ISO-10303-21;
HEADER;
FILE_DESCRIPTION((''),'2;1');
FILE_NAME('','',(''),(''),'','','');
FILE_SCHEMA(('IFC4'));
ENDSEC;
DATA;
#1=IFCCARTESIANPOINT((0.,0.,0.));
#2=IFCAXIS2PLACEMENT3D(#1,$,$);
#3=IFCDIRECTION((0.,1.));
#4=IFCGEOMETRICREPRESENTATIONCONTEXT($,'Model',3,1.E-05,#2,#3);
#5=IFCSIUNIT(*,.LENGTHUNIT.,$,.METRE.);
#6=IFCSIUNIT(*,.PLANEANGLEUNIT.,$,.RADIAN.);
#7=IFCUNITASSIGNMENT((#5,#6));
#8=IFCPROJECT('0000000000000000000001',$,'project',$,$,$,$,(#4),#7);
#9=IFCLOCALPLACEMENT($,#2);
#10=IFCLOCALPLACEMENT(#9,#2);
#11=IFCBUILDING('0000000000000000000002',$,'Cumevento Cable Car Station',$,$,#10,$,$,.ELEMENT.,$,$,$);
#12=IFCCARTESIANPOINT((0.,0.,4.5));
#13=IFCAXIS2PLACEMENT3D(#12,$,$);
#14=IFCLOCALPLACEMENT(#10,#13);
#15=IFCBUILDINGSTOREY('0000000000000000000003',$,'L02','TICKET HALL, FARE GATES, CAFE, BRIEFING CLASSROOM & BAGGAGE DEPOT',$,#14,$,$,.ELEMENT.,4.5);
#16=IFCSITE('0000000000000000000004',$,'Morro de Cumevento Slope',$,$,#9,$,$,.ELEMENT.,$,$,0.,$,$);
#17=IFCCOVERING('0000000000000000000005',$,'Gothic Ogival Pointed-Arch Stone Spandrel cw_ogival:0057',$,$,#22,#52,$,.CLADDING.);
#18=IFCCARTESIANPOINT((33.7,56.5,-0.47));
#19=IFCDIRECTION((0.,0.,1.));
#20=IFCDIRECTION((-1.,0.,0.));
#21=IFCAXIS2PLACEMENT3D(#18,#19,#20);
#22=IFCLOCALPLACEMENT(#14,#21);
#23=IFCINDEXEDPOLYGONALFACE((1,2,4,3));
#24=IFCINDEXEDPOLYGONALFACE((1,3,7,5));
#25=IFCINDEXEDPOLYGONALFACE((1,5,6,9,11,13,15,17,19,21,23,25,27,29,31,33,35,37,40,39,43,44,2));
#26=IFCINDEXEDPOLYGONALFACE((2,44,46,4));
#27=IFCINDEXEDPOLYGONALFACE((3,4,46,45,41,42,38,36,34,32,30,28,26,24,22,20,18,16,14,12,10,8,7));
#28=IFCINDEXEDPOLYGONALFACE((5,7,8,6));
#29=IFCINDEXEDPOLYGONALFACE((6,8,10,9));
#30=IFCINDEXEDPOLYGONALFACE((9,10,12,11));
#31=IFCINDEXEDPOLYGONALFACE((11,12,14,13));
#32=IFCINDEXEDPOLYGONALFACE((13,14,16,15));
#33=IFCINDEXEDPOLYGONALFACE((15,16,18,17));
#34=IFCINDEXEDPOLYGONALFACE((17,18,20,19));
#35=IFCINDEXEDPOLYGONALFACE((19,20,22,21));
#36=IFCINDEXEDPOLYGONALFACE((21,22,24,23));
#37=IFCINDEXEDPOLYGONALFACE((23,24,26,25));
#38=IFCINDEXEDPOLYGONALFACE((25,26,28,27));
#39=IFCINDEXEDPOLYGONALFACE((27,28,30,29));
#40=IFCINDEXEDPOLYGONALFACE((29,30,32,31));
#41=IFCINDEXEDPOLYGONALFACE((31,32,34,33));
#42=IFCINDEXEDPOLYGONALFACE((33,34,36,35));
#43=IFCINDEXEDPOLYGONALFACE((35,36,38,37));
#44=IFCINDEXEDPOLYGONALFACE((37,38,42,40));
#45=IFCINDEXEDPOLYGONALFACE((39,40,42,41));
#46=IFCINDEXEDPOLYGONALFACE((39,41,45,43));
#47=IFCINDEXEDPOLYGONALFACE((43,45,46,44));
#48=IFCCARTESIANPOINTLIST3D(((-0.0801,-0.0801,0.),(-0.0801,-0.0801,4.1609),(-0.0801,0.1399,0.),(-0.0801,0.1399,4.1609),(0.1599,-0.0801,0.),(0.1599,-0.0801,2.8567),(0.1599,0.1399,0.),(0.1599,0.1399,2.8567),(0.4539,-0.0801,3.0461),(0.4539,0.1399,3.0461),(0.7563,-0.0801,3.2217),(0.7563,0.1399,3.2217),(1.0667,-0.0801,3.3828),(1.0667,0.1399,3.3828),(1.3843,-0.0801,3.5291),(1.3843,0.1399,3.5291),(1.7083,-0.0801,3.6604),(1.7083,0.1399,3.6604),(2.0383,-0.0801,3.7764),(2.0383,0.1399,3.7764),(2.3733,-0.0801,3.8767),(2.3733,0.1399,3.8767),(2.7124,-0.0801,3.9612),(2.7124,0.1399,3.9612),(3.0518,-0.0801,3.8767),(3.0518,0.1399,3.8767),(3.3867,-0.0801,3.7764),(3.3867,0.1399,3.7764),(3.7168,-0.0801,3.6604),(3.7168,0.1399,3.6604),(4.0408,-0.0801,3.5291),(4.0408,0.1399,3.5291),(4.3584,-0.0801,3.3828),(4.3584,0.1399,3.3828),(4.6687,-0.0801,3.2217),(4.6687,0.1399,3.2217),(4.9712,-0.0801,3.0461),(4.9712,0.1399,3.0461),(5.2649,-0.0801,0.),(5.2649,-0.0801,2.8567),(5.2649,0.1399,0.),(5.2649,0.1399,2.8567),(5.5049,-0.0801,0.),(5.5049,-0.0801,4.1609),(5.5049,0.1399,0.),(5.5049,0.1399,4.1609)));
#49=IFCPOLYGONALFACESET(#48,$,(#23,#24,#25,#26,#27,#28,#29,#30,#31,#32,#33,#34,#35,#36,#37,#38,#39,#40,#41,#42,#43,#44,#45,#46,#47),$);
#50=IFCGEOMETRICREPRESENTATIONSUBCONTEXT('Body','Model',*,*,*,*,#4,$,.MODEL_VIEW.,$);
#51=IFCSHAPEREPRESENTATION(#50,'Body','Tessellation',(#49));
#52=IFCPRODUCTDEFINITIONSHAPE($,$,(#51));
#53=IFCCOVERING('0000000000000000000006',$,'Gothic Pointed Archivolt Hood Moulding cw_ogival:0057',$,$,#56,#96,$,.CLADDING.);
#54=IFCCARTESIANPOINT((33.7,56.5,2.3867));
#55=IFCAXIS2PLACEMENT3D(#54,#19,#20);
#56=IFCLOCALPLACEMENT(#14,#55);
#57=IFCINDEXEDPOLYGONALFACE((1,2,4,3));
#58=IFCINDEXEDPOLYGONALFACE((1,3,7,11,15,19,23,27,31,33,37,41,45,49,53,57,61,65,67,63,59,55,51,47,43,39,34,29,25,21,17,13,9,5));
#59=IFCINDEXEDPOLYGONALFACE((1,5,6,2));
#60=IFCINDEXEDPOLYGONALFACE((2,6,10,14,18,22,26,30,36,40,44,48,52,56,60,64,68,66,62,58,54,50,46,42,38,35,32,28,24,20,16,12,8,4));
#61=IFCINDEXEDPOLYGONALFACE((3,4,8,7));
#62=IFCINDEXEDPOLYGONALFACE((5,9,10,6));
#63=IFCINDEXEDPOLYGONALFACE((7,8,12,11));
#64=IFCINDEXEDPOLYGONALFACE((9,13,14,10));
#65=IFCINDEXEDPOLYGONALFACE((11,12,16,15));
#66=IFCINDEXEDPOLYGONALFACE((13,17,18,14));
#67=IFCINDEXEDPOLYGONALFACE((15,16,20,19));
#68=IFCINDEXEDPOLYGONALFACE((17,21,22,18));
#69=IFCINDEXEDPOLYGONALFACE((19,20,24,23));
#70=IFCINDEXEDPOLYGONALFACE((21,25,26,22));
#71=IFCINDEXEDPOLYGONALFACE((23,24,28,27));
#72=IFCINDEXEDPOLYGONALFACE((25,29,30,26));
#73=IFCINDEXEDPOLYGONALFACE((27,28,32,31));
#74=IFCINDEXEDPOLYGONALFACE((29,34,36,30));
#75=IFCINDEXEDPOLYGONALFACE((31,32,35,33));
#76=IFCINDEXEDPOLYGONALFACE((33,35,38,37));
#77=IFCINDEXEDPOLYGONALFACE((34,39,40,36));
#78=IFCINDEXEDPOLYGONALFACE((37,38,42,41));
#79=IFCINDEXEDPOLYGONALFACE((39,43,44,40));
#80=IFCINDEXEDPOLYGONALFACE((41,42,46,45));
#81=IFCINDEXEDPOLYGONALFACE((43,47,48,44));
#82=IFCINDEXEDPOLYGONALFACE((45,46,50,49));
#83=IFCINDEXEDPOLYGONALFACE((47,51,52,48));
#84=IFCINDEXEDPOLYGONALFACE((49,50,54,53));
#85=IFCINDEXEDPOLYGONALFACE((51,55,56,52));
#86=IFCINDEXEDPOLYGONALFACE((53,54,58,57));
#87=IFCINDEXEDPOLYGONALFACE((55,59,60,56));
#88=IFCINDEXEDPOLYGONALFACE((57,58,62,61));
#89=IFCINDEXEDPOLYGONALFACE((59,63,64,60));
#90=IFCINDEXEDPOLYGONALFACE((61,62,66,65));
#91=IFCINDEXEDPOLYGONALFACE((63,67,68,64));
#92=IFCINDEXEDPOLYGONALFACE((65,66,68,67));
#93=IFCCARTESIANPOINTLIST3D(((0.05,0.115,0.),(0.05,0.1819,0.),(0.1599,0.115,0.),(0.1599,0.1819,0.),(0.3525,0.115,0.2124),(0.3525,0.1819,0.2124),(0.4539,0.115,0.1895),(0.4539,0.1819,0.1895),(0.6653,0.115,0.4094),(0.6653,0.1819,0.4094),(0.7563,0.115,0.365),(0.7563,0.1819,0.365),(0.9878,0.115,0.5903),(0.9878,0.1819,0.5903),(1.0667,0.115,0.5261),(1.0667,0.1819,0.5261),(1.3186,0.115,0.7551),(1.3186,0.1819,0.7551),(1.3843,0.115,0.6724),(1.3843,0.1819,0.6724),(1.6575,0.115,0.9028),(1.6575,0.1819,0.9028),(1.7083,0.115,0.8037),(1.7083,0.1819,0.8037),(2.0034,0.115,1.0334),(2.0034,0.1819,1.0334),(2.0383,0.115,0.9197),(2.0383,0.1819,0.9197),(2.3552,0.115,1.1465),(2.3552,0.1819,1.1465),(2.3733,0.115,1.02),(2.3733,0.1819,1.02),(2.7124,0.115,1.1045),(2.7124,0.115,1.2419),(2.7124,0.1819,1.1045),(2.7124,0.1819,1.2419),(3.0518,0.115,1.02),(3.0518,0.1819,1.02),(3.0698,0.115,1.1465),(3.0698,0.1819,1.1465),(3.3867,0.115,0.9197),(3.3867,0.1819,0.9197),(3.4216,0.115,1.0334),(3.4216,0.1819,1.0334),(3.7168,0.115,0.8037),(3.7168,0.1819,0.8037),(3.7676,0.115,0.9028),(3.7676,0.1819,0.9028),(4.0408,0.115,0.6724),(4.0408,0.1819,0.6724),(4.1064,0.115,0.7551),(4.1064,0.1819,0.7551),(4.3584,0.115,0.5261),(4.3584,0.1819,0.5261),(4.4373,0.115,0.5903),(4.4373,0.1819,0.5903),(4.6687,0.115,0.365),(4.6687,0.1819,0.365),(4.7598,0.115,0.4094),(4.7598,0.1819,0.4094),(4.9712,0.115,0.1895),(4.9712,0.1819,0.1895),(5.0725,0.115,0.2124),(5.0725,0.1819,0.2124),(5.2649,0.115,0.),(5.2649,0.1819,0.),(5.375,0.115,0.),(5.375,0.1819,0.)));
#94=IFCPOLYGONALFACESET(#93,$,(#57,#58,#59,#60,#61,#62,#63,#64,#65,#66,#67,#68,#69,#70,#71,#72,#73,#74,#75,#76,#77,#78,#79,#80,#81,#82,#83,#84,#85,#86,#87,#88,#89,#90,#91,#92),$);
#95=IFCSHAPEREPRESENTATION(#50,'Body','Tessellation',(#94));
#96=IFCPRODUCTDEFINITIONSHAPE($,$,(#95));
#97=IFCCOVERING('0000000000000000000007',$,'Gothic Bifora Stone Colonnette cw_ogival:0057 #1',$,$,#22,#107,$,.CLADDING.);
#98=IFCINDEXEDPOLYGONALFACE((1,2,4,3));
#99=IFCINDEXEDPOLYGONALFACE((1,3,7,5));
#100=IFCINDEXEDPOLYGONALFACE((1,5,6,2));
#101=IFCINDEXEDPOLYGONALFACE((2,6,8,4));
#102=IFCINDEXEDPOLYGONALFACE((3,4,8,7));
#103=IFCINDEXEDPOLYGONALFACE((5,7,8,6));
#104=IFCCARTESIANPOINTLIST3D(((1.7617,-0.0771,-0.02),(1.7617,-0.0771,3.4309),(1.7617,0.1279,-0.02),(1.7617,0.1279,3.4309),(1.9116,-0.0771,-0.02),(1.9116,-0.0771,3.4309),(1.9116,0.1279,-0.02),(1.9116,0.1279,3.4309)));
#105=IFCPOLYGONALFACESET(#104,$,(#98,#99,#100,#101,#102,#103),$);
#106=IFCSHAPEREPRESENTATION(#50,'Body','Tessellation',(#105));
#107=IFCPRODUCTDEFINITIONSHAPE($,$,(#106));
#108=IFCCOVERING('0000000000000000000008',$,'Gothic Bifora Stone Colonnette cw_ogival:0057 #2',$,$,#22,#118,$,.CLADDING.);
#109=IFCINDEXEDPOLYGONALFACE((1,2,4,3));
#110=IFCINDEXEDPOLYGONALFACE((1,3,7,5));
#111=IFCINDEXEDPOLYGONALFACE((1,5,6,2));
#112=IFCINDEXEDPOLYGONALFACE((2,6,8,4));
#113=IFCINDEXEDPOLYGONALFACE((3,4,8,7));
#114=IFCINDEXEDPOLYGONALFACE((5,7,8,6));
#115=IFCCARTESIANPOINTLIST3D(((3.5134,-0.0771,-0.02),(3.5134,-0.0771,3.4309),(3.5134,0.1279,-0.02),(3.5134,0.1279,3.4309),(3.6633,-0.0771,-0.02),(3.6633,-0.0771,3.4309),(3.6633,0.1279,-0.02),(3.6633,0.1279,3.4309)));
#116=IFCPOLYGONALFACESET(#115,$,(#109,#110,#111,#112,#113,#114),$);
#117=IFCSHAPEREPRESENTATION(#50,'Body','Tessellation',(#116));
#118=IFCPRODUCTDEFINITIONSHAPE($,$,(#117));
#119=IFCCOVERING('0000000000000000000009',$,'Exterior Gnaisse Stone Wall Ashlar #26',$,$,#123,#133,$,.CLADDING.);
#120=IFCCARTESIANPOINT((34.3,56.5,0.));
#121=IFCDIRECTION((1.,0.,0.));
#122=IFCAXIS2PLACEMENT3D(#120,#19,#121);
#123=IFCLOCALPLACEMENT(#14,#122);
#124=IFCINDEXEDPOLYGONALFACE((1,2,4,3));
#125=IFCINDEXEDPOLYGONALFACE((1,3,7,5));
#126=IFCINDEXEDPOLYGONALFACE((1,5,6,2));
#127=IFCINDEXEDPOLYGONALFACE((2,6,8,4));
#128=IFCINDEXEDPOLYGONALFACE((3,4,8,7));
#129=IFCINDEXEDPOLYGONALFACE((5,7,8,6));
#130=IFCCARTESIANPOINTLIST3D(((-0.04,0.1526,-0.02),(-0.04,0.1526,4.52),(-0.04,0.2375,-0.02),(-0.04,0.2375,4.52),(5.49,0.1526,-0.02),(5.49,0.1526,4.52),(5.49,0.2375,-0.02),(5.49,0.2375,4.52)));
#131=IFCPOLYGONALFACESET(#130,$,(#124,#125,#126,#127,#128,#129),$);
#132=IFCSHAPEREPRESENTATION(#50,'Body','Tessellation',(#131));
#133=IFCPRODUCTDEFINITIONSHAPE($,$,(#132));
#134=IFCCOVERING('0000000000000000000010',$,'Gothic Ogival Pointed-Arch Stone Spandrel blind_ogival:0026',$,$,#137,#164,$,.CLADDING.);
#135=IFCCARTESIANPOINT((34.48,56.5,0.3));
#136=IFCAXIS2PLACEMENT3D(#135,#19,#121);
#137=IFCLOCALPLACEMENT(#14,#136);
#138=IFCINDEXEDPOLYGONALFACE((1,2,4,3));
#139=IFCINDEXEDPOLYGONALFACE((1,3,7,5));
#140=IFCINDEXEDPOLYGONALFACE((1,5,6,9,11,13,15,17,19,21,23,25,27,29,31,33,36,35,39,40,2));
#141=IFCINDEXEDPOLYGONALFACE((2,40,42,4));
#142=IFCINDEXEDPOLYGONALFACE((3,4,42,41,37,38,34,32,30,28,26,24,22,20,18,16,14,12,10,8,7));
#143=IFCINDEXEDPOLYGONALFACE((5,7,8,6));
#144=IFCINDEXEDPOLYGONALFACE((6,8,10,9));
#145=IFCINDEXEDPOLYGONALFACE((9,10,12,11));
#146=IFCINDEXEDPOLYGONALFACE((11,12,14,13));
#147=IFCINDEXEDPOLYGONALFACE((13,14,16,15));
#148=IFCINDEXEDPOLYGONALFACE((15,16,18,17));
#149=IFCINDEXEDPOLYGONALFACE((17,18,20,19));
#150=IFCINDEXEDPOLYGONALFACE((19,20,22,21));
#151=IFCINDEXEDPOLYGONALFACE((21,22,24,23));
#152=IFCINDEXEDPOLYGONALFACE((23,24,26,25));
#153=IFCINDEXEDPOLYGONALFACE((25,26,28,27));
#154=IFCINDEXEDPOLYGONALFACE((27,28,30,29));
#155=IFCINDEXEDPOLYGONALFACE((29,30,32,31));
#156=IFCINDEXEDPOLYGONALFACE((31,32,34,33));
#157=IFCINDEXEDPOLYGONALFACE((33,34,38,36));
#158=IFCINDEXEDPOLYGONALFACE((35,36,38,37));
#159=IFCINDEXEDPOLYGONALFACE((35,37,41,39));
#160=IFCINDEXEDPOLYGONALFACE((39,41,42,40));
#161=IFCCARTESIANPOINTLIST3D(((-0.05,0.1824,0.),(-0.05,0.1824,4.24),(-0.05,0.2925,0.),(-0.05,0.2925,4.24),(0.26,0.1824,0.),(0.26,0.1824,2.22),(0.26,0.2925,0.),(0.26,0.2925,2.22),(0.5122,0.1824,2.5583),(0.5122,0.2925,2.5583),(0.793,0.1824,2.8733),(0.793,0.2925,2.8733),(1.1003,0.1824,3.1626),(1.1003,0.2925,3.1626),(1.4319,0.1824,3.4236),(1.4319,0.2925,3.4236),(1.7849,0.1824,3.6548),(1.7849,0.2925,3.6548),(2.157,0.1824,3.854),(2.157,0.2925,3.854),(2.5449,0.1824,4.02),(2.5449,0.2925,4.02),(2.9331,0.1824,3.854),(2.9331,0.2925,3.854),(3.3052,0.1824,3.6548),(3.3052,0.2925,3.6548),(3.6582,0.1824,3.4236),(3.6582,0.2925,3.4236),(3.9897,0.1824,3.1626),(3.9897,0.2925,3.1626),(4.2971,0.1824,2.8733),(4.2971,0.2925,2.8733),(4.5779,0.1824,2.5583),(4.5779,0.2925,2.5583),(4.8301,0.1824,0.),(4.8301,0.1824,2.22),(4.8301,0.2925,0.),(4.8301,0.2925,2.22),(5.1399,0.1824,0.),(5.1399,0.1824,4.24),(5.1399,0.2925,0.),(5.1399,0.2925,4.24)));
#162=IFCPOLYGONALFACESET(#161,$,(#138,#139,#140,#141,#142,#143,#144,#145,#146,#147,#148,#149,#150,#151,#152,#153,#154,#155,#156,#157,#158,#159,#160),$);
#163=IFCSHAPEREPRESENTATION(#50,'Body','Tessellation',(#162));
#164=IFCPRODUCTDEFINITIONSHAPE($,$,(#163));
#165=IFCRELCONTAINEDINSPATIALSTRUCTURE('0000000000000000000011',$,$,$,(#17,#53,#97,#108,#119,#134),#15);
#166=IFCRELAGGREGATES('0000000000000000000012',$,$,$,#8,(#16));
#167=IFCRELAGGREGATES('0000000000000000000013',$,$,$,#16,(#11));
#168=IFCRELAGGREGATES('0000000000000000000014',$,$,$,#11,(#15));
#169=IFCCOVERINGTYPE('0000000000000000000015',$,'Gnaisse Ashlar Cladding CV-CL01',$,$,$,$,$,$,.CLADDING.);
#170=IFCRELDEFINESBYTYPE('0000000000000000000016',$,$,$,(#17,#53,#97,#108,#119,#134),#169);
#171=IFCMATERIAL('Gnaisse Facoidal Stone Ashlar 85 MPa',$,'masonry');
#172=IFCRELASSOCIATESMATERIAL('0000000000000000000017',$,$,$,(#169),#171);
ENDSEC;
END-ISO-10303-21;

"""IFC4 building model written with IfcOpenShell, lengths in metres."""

from ifc_helpers import new_model, si_unit, direction, frame, origin, place, context, subcontext, project, spatial, polyline, outline, extrude, material, type_object, element, save


model = new_model("IFC4")

# Units and contexts
model_context = context("Model", 3, precision=1e-05, world=origin(), true_north=direction((0.0, 1.0)))
body_context = subcontext(model_context, "Body", "Model", "MODEL_VIEW")
ifc_project = project(units=[si_unit("LENGTHUNIT", "METRE"), si_unit("PLANEANGLEUNIT", "RADIAN")], contexts=[model_context])

# Site, building, storey
site_placement = place(None, origin())
site = spatial("IfcSite", under=ifc_project, at=site_placement, Name="Morro de Cumevento Slope", CompositionType="ELEMENT", RefElevation=0.0)
building_placement = place(site_placement, origin())
building = spatial("IfcBuilding", under=site, at=building_placement, Name="Cumevento Cable Car Station", CompositionType="ELEMENT")
storey_placement = place(building_placement, frame((0.0, 0.0, 4.5)))
storey = spatial("IfcBuildingStorey", under=building, at=storey_placement, Name="L02", Description="TICKET HALL, FARE GATES, CAFE, BRIEFING CLASSROOM & BAGGAGE DEPOT", CompositionType="ELEMENT", Elevation=4.5)

# Coverings
ifc_material_1 = material(Name="Gnaisse Facoidal Stone Ashlar 85 MPa", Category="masonry")
covering_type = type_object("IfcCoveringType", Name="Gnaisse Ashlar Cladding CV-CL01", PredefinedType="CLADDING", material=ifc_material_1)
placement_1 = place(storey_placement, frame((33.7, 56.5, -0.47), z_axis=(0.0, 0.0, 1.0), x_axis=(-1.0, 0.0, 0.0)))
element("IfcCovering", 1, at=placement_1, inside=storey, type_object=covering_type, Name="Gothic Ogival Pointed-Arch Stone Spandrel cw_ogival:0057", PredefinedType="CLADDING", context=body_context, shape_type="SweptSolid", body=[
    extrude(outline(polyline([(-0.0801, 0.0), (-0.0801, 4.1609), (5.5049, 4.1609), (5.5049, 0.0), (5.2649, 0.0), (5.2649, 2.8567), (4.9712, 3.0461), (4.6687, 3.2217), (4.3584, 3.3828), (4.0408, 3.5291), (3.7168, 3.6604), (3.3867, 3.7764), (3.0518, 3.8767), (2.7124, 3.9612), (2.3733, 3.8767), (2.0383, 3.7764), (1.7083, 3.6604), (1.3843, 3.5291), (1.0667, 3.3828), (0.7563, 3.2217), (0.4539, 3.0461), (0.1599, 2.8567), (0.1599, 0.0), (-0.0801, 0.0)])), frame((0.0, 0.1399, 0.0), z_axis=(0.0, -1.0, 0.0), x_axis=(1.0, 0.0, 0.0)), (0.0, 0.0, 1.0), 0.22),
])
covering_1_placement = place(storey_placement, frame((33.7, 56.5, 2.3867), z_axis=(0.0, 0.0, 1.0), x_axis=(-1.0, 0.0, 0.0)))
element("IfcCovering", 2, at=covering_1_placement, inside=storey, type_object=covering_type, Name="Gothic Pointed Archivolt Hood Moulding cw_ogival:0057", PredefinedType="CLADDING", context=body_context, shape_type="SweptSolid", body=[
    extrude(outline(polyline([(0.1599, 0.0), (0.4539, 0.1895), (0.7563, 0.365), (1.0667, 0.5261), (1.3843, 0.6724), (1.7083, 0.8037), (2.0383, 0.9197), (2.3733, 1.02), (2.7124, 1.1045), (3.0518, 1.02), (3.3867, 0.9197), (3.7168, 0.8037), (4.0408, 0.6724), (4.3584, 0.5261), (4.6687, 0.365), (4.9712, 0.1895), (5.2649, 0.0), (5.375, 0.0), (5.0725, 0.2124), (4.7598, 0.4094), (4.4373, 0.5903), (4.1064, 0.7551), (3.7676, 0.9028), (3.4216, 1.0334), (3.0698, 1.1465), (2.7124, 1.2419), (2.3552, 1.1465), (2.0034, 1.0334), (1.6575, 0.9028), (1.3186, 0.7551), (0.9878, 0.5903), (0.6653, 0.4094), (0.3525, 0.2124), (0.05, 0.0), (0.1599, 0.0)])), frame((0.0, 0.1819, 0.0), z_axis=(0.0, -1.0, 0.0), x_axis=(1.0, 0.0, 0.0)), (0.0, 0.0, 1.0), 0.0669),
])
element("IfcCovering", 3, at=placement_1, inside=storey, type_object=covering_type, Name="Gothic Bifora Stone Colonnette cw_ogival:0057 #1", PredefinedType="CLADDING", context=body_context, shape_type="SweptSolid", body=[
    extrude(outline(polyline([(1.7617, -0.02), (1.9116, -0.02), (1.9116, 3.4309), (1.7617, 3.4309), (1.7617, -0.02)])), frame((0.0, 0.1279, 0.0), z_axis=(0.0, -1.0, 0.0), x_axis=(1.0, 0.0, 0.0)), (0.0, 0.0, 1.0), 0.2051),
])
element("IfcCovering", 4, at=placement_1, inside=storey, type_object=covering_type, Name="Gothic Bifora Stone Colonnette cw_ogival:0057 #2", PredefinedType="CLADDING", context=body_context, shape_type="SweptSolid", body=[
    extrude(outline(polyline([(3.5134, -0.02), (3.6633, -0.02), (3.6633, 3.4309), (3.5134, 3.4309), (3.5134, -0.02)])), frame((0.0, 0.1279, 0.0), z_axis=(0.0, -1.0, 0.0), x_axis=(1.0, 0.0, 0.0)), (0.0, 0.0, 1.0), 0.2051),
])
covering_2_placement = place(storey_placement, frame((34.3, 56.5, 0.0), z_axis=(0.0, 0.0, 1.0), x_axis=(1.0, 0.0, 0.0)))
element("IfcCovering", 5, at=covering_2_placement, inside=storey, type_object=covering_type, Name="Exterior Gnaisse Stone Wall Ashlar #26", PredefinedType="CLADDING", context=body_context, shape_type="SweptSolid", body=[
    extrude(outline(polyline([(-0.04, -0.02), (5.49, -0.02), (5.49, 4.52), (-0.04, 4.52), (-0.04, -0.02)])), frame((0.0, 0.2375, 0.0), z_axis=(0.0, -1.0, 0.0), x_axis=(1.0, 0.0, 0.0)), (0.0, 0.0, 1.0), 0.085),
])
placement_2 = place(storey_placement, frame((34.48, 56.5, 0.3), z_axis=(0.0, 0.0, 1.0), x_axis=(1.0, 0.0, 0.0)))
element("IfcCovering", 6, at=placement_2, inside=storey, type_object=covering_type, Name="Gothic Ogival Pointed-Arch Stone Spandrel blind_ogival:0026", PredefinedType="CLADDING", context=body_context, shape_type="SweptSolid", body=[
    extrude(outline(polyline([(-0.05, 0.0), (-0.05, 4.24), (5.1399, 4.24), (5.1399, 0.0), (4.8301, 0.0), (4.8301, 2.22), (4.5779, 2.5583), (4.2971, 2.8733), (3.9897, 3.1626), (3.6582, 3.4236), (3.3052, 3.6548), (2.9331, 3.854), (2.5449, 4.02), (2.157, 3.854), (1.7849, 3.6548), (1.4319, 3.4236), (1.1003, 3.1626), (0.793, 2.8733), (0.5122, 2.5583), (0.26, 2.22), (0.26, 0.0), (-0.05, 0.0)])), frame((0.0, 0.2925, 0.0), z_axis=(0.0, -1.0, 0.0), x_axis=(1.0, 0.0, 0.0)), (0.0, 0.0, 1.0), 0.1101),
])

save(model, "model.ifc")
